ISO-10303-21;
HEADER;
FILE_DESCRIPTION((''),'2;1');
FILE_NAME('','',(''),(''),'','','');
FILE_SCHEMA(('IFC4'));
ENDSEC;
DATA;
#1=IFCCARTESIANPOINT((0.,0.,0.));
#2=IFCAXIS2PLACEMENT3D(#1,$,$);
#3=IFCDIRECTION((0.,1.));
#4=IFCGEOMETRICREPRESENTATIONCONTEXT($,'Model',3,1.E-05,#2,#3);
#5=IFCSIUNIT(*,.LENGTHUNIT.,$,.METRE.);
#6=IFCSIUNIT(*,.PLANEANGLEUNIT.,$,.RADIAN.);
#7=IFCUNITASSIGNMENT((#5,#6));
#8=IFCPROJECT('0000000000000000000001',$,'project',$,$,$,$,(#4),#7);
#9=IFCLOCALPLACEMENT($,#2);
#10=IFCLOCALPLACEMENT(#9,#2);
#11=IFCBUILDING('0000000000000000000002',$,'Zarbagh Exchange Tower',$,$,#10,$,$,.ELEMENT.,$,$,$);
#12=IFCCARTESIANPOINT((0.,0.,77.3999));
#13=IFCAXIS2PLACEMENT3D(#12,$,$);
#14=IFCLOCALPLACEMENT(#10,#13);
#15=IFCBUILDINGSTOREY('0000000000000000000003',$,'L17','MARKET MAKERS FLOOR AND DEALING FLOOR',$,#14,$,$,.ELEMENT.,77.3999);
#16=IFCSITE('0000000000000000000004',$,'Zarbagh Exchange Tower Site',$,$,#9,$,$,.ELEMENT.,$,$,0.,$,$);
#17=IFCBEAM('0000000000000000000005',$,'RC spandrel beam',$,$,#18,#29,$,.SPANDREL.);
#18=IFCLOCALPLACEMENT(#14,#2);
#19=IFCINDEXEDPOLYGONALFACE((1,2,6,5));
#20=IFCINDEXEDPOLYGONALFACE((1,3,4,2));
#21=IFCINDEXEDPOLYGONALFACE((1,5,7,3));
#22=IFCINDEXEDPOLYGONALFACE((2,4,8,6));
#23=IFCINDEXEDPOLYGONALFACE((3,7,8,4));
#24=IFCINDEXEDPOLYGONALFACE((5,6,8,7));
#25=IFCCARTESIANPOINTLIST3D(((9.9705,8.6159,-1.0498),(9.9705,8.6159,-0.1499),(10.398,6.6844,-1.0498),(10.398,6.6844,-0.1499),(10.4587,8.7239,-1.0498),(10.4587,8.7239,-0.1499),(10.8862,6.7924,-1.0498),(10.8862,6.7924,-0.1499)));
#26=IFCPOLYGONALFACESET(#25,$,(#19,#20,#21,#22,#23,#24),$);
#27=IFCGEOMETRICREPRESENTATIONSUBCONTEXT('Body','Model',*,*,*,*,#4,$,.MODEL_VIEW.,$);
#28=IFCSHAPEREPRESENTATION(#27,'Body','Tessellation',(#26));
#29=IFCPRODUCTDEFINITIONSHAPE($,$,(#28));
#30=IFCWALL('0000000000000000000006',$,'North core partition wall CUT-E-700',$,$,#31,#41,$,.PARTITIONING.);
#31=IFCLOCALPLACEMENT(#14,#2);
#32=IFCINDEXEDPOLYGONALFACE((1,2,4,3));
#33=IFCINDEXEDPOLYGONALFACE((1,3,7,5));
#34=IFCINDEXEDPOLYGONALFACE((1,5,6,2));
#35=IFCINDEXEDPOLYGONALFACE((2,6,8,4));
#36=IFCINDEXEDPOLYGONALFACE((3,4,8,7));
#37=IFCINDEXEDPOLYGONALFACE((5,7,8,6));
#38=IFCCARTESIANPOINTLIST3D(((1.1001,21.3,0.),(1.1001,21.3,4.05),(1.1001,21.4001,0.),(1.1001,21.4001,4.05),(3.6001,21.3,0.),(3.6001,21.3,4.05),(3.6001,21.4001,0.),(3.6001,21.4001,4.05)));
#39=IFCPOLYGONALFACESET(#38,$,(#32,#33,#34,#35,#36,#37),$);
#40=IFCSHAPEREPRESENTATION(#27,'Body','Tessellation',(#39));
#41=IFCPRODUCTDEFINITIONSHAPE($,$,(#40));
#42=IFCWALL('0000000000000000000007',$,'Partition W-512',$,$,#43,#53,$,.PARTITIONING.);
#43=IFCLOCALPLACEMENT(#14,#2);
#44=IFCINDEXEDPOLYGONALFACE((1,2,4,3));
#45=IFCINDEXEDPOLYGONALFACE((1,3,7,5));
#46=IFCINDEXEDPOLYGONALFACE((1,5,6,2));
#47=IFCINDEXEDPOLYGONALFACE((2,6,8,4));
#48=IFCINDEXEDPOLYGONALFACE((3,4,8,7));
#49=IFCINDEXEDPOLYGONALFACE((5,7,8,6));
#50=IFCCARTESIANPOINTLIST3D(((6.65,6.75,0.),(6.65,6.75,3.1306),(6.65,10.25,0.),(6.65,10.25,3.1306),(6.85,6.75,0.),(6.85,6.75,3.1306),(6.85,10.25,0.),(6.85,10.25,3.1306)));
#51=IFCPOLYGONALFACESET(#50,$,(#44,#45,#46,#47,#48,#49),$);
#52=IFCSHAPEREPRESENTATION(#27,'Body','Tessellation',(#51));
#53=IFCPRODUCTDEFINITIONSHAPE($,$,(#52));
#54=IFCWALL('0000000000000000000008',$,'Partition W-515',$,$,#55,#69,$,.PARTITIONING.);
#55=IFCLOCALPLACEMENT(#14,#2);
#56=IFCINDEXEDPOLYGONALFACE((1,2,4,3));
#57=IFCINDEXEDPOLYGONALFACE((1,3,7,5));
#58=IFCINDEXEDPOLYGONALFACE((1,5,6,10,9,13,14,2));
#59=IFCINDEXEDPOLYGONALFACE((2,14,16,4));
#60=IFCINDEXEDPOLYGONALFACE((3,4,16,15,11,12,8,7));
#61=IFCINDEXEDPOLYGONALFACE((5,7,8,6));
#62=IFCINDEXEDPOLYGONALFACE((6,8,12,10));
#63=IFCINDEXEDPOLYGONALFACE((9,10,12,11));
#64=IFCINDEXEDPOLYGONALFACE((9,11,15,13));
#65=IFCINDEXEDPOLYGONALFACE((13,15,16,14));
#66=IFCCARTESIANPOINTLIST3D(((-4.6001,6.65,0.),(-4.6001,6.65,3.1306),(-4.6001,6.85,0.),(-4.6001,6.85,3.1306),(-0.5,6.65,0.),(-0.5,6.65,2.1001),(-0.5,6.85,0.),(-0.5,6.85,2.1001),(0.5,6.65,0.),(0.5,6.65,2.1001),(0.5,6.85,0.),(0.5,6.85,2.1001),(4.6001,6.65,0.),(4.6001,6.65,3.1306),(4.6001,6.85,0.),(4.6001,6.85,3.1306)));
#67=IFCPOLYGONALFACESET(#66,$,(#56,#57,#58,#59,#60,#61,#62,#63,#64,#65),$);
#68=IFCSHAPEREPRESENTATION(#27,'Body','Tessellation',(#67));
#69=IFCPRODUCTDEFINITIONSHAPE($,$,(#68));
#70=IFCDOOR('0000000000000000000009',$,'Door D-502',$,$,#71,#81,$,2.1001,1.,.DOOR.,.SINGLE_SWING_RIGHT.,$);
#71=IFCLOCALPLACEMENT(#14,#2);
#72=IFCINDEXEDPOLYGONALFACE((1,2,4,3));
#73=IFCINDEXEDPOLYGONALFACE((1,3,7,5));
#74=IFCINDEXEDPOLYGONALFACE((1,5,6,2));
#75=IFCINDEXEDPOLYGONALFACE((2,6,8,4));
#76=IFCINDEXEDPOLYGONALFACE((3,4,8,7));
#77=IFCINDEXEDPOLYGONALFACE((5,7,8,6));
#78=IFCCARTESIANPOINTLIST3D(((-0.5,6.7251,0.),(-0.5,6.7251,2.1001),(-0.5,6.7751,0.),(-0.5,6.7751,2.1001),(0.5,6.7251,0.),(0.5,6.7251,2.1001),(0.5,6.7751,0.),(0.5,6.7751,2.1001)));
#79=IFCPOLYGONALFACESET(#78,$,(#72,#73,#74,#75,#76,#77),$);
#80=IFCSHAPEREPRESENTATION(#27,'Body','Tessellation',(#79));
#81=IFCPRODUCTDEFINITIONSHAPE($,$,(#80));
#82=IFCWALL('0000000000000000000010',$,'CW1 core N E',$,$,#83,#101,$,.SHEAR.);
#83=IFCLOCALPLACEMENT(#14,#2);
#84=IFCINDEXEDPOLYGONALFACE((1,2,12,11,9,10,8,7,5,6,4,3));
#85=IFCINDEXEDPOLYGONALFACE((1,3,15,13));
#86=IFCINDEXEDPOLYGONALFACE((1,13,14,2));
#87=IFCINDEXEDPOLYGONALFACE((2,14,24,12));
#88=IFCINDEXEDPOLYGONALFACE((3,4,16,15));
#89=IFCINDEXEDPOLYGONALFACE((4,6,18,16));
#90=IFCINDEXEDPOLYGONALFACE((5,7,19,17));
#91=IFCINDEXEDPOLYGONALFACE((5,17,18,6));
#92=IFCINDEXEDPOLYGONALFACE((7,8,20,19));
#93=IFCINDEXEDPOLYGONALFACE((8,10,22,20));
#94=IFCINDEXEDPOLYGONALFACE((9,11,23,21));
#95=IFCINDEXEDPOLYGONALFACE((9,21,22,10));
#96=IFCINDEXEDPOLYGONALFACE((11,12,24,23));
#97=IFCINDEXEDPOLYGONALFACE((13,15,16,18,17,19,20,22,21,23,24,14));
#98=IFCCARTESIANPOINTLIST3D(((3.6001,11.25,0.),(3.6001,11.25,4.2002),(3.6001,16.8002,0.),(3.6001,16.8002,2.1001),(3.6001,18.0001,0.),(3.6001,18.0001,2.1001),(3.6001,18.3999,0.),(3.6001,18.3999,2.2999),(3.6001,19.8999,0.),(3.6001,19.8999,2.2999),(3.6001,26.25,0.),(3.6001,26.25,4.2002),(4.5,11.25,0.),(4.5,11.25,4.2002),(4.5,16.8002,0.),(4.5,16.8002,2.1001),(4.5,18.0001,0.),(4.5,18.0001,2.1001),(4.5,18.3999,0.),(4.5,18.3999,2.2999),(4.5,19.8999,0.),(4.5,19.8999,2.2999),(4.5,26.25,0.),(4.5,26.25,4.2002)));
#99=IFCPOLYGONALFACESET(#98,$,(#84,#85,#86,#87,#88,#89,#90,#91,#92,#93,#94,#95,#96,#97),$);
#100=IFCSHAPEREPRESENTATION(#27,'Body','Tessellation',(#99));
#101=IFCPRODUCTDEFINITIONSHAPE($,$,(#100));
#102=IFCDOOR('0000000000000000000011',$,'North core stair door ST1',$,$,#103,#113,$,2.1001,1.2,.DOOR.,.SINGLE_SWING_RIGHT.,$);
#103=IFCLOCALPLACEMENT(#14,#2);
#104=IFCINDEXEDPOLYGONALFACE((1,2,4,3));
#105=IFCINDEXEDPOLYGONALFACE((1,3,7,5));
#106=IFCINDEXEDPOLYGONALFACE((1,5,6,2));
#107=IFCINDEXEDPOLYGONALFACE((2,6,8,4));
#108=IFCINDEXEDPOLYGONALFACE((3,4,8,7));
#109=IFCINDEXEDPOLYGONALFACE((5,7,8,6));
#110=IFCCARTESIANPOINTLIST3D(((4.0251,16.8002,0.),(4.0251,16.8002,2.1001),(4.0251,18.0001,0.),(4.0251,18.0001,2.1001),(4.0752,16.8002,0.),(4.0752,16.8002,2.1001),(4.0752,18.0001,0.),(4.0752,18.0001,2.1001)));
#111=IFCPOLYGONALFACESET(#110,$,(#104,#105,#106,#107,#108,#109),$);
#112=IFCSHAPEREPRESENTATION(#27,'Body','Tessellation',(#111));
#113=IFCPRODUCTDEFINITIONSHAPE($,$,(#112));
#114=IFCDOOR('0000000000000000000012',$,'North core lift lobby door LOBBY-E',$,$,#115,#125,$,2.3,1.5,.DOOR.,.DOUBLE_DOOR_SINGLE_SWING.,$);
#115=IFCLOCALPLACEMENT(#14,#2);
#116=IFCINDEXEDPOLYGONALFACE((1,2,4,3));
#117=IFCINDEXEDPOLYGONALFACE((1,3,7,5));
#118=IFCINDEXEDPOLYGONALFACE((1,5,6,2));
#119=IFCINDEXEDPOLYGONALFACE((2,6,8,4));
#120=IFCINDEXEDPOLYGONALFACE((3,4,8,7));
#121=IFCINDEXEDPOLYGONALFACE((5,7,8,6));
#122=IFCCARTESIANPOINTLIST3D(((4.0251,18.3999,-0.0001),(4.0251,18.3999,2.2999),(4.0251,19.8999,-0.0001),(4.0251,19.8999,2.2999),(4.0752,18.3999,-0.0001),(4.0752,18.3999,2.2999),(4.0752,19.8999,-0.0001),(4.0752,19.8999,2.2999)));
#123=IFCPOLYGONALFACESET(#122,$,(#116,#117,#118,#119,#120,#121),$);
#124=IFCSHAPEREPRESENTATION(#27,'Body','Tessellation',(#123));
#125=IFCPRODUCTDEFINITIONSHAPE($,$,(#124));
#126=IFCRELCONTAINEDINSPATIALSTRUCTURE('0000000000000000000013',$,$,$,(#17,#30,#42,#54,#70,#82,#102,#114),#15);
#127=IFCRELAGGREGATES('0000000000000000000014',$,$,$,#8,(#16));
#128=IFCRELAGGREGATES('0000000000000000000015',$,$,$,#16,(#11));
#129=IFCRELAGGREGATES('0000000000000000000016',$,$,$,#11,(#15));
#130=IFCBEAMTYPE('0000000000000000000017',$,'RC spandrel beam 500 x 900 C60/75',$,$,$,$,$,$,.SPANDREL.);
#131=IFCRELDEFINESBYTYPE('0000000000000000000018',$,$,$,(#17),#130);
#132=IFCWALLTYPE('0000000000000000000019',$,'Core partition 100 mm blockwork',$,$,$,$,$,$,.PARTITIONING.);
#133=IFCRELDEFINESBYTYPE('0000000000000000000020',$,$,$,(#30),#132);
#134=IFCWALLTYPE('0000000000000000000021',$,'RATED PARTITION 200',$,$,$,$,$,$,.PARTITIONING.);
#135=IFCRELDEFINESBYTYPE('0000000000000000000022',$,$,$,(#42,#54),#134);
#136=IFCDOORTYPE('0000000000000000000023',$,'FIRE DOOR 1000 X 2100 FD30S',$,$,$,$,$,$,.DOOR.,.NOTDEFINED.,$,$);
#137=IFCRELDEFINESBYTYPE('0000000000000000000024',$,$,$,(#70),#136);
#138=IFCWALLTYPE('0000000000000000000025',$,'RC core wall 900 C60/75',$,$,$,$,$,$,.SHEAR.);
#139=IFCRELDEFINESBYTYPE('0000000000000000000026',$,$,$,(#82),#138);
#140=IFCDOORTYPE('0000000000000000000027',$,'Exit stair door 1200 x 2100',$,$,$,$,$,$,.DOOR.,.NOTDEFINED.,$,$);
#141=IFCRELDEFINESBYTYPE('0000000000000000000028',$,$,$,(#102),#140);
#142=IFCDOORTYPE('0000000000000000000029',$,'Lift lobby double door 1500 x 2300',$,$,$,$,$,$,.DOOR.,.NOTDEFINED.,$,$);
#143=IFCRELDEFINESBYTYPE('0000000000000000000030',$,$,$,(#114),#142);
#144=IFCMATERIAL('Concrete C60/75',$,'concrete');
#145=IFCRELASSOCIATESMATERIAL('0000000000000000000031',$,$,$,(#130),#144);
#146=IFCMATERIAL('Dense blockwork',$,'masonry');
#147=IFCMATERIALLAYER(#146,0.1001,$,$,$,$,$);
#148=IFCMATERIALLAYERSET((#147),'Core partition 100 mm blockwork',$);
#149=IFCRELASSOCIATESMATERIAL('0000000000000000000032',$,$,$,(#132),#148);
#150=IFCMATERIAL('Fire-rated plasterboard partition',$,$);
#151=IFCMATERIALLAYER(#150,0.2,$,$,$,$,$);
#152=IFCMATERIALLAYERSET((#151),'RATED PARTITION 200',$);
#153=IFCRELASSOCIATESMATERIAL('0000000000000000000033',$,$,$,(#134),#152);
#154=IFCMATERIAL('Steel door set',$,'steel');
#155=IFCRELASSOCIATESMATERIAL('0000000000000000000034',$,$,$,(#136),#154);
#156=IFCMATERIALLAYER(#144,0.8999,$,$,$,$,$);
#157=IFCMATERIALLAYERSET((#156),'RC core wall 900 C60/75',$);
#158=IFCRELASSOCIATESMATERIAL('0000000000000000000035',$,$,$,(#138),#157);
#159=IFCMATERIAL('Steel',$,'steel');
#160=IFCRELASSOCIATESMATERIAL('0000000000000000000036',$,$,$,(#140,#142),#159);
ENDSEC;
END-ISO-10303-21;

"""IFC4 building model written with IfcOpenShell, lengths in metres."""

from ifc_helpers import new_model, si_unit, direction, frame, frame_2d, origin, origin_2d, place, context, subcontext, project, spatial, rectangle, extrude, material, layer, layer_set, material_profile, profile_set, type_object, element, fill, save


model = new_model("IFC4")

# Units and contexts
model_context = context("Model", 3, precision=1e-05, world=origin(), true_north=direction((0.0, 1.0)))
body_context = subcontext(model_context, "Body", "Model", "MODEL_VIEW")
ifc_project = project(units=[si_unit("LENGTHUNIT", "METRE"), si_unit("PLANEANGLEUNIT", "RADIAN")], contexts=[model_context])

# Site, building, storey
site_placement = place(None, origin())
site = spatial("IfcSite", under=ifc_project, at=site_placement, Name="Zarbagh Exchange Tower Site", CompositionType="ELEMENT", RefElevation=0.0)
building_placement = place(site_placement, origin())
building = spatial("IfcBuilding", under=site, at=building_placement, Name="Zarbagh Exchange Tower", CompositionType="ELEMENT")
storey_placement = place(building_placement, frame((0.0, 0.0, 77.3999)))
storey = spatial("IfcBuildingStorey", under=building, at=storey_placement, Name="L17", Description="MARKET MAKERS FLOOR AND DEALING FLOOR", CompositionType="ELEMENT", Elevation=77.3999)

# Shared definitions
ifc_material_1 = material(Name="Concrete C60/75", Category="concrete")

# Beam
ifc_material_profile_1 = material_profile(ifc_material_1, rectangle(XDim=0.5, YDim=0.8999, at=origin_2d()), Name="RC spandrel beam 500 x 900 C60/75")
ifc_profile_set_1 = profile_set([ifc_material_profile_1], Name="Concrete C60/75")
beam_type = type_object("IfcBeamType", Name="RC spandrel beam 500 x 900 C60/75", PredefinedType="SPANDREL", material=ifc_profile_set_1)
beam_1_placement = place(storey_placement, frame((10.2146, 8.6699, -0.5999), z_axis=(0.216081, -0.976375, 0.0), x_axis=(0.976375, 0.216081, 0.0)))
element("IfcBeam", 1, at=beam_1_placement, inside=storey, type_object=beam_type, Name="RC spandrel beam", PredefinedType="SPANDREL", context=body_context, shape_type="SweptSolid", body=[
    extrude(rectangle(XDim=0.5, YDim=0.8999, at=origin_2d()), origin(), (0.0, 0.0, 1.0), 1.9783),
])

# Walls
ifc_material_2 = material(Name="Dense blockwork", Category="masonry")
ifc_layer_1 = layer(ifc_material_2, 0.1001)
ifc_layer_set_1 = layer_set([ifc_layer_1], Name="Core partition 100 mm blockwork")
wall_type_1 = type_object("IfcWallType", Name="Core partition 100 mm blockwork", PredefinedType="PARTITIONING", material=ifc_layer_set_1)
wall_1_placement = place(storey_placement, frame((1.1001, 21.3501, 0.0), z_axis=(0.0, 0.0, 1.0), x_axis=(1.0, 0.0, 0.0)))
element("IfcWall", 2, at=wall_1_placement, inside=storey, type_object=wall_type_1, Name="North core partition wall CUT-E-700", PredefinedType="PARTITIONING", context=body_context, shape_type="SweptSolid", body=[
    extrude(rectangle(XDim=2.5, YDim=0.1001, at=frame_2d((1.25, 0.0))), origin(), (0.0, 0.0, 1.0), 4.05),
])
ifc_material_3 = material(Name="Fire-rated plasterboard partition")
ifc_layer_2 = layer(ifc_material_3, 0.2)
ifc_layer_set_2 = layer_set([ifc_layer_2], Name="RATED PARTITION 200")
wall_type_2 = type_object("IfcWallType", Name="RATED PARTITION 200", PredefinedType="PARTITIONING", material=ifc_layer_set_2)
wall_2_placement = place(storey_placement, frame((6.75, 6.75, 0.0), z_axis=(0.0, 0.0, 1.0), x_axis=(0.0, 1.0, 0.0)))
element("IfcWall", 3, at=wall_2_placement, inside=storey, type_object=wall_type_2, Name="Partition W-512", PredefinedType="PARTITIONING", context=body_context, shape_type="SweptSolid", body=[
    extrude(rectangle(XDim=3.5, YDim=0.2, at=frame_2d((1.75, 0.0))), origin(), (0.0, 0.0, 1.0), 3.1306),
])

# Wall, opening, door
wall_3_placement = place(storey_placement, frame((4.6001, 6.75, 0.0), z_axis=(0.0, 0.0, 1.0), x_axis=(-1.0, 0.0, 0.0)))
wall_3 = element("IfcWall", 4, at=wall_3_placement, inside=storey, type_object=wall_type_2, Name="Partition W-515", PredefinedType="PARTITIONING", context=body_context, shape_type="SweptSolid", body=[
    extrude(rectangle(XDim=9.2002, YDim=0.2, at=frame_2d((4.6001, 0.0))), origin(), (0.0, 0.0, 1.0), 3.1306),
])
opening_1_placement = place(wall_3_placement, frame((4.1001, 0.0, 0.0)))
opening_1 = element("IfcOpeningElement", 5, at=opening_1_placement, cuts=wall_3, PredefinedType="OPENING", context=body_context, shape_type="SweptSolid", body=[
    extrude(rectangle(XDim=1.0, YDim=2.1001, at=frame_2d((0.5, 1.05))), frame((0.0, 0.1099, 0.0), z_axis=(0.0, -1.0, 0.0), x_axis=(1.0, 0.0, 0.0)), (0.0, 0.0, 1.0), 0.22),
])
ifc_material_4 = material(Name="Steel door set", Category="steel")
door_type_1 = type_object("IfcDoorType", Name="FIRE DOOR 1000 X 2100 FD30S", OperationType="NOTDEFINED", PredefinedType="DOOR", material=ifc_material_4)
door_1_placement = place(opening_1_placement, origin())
door_1 = element("IfcDoor", 6, at=door_1_placement, inside=storey, type_object=door_type_1, Name="Door D-502", OperationType="SINGLE_SWING_RIGHT", OverallHeight=2.1001, OverallWidth=1.0, PredefinedType="DOOR", context=body_context, shape_type="SweptSolid", body=[
    extrude(rectangle(XDim=1.0, YDim=2.1001, at=frame_2d((0.5, 1.05))), frame((0.0, 0.0249, 0.0), z_axis=(0.0, -1.0, 0.0), x_axis=(1.0, 0.0, 0.0)), (0.0, 0.0, 1.0), 0.05),
])
fill(opening_1, door_1)

# Wall, openings, doors
ifc_layer_3 = layer(ifc_material_1, 0.8999)
ifc_layer_set_3 = layer_set([ifc_layer_3], Name="RC core wall 900 C60/75")
wall_type_3 = type_object("IfcWallType", Name="RC core wall 900 C60/75", PredefinedType="SHEAR", material=ifc_layer_set_3)
wall_4_placement = place(storey_placement, frame((4.05, 11.25, 0.0), z_axis=(0.0, 0.0, 1.0), x_axis=(0.0, 1.0, 0.0)))
wall_4 = element("IfcWall", 7, at=wall_4_placement, inside=storey, type_object=wall_type_3, Name="CW1 core N E", PredefinedType="SHEAR", context=body_context, shape_type="SweptSolid", body=[
    extrude(rectangle(XDim=15.0, YDim=0.8999, at=frame_2d((7.5, 0.0))), origin(), (0.0, 0.0, 1.0), 4.2002),
])
opening_2_placement = place(wall_4_placement, frame((7.1499, 0.0, 0.0)))
opening_2 = element("IfcOpeningElement", 8, at=opening_2_placement, cuts=wall_4, PredefinedType="OPENING", context=body_context, shape_type="SweptSolid", body=[
    extrude(rectangle(XDim=1.5, YDim=2.3, at=frame_2d((0.75, 1.1499))), frame((0.0, 0.46, 0.0), z_axis=(0.0, -1.0, 0.0), x_axis=(1.0, 0.0, 0.0)), (0.0, 0.0, 1.0), 0.9199),
])
opening_3_placement = place(wall_4_placement, frame((5.55, 0.0, 0.0)))
opening_3 = element("IfcOpeningElement", 9, at=opening_3_placement, cuts=wall_4, PredefinedType="OPENING", context=body_context, shape_type="SweptSolid", body=[
    extrude(rectangle(XDim=1.2, YDim=2.1001, at=frame_2d((0.6001, 1.05))), frame((0.0, 0.46, 0.0), z_axis=(0.0, -1.0, 0.0), x_axis=(1.0, 0.0, 0.0)), (0.0, 0.0, 1.0), 0.9199),
])
ifc_material_5 = material(Name="Steel", Category="steel")
door_type_2 = type_object("IfcDoorType", Name="Exit stair door 1200 x 2100", OperationType="NOTDEFINED", PredefinedType="DOOR", material=ifc_material_5)
door_2_placement = place(opening_3_placement, origin())
door_2 = element("IfcDoor", 10, at=door_2_placement, inside=storey, type_object=door_type_2, Name="North core stair door ST1", OperationType="SINGLE_SWING_RIGHT", OverallHeight=2.1001, OverallWidth=1.2, PredefinedType="DOOR", context=body_context, shape_type="SweptSolid", body=[
    extrude(rectangle(XDim=1.2, YDim=2.1001, at=frame_2d((0.6001, 1.05))), frame((0.0, 0.0249, 0.0), z_axis=(0.0, -1.0, 0.0), x_axis=(1.0, 0.0, 0.0)), (0.0, 0.0, 1.0), 0.05),
])
fill(opening_3, door_2)
door_type_3 = type_object("IfcDoorType", Name="Lift lobby double door 1500 x 2300", OperationType="NOTDEFINED", PredefinedType="DOOR", material=ifc_material_5)
door_3_placement = place(opening_2_placement, origin())
door_3 = element("IfcDoor", 11, at=door_3_placement, inside=storey, type_object=door_type_3, Name="North core lift lobby door LOBBY-E", OperationType="DOUBLE_DOOR_SINGLE_SWING", OverallHeight=2.3, OverallWidth=1.5, PredefinedType="DOOR", context=body_context, shape_type="SweptSolid", body=[
    extrude(rectangle(XDim=1.5, YDim=2.3, at=frame_2d((0.75, 1.1499))), frame((0.0, 0.0249, 0.0), z_axis=(0.0, -1.0, 0.0), x_axis=(1.0, 0.0, 0.0)), (0.0, 0.0, 1.0), 0.05),
])
fill(opening_2, door_3)

save(model, "model.ifc")
